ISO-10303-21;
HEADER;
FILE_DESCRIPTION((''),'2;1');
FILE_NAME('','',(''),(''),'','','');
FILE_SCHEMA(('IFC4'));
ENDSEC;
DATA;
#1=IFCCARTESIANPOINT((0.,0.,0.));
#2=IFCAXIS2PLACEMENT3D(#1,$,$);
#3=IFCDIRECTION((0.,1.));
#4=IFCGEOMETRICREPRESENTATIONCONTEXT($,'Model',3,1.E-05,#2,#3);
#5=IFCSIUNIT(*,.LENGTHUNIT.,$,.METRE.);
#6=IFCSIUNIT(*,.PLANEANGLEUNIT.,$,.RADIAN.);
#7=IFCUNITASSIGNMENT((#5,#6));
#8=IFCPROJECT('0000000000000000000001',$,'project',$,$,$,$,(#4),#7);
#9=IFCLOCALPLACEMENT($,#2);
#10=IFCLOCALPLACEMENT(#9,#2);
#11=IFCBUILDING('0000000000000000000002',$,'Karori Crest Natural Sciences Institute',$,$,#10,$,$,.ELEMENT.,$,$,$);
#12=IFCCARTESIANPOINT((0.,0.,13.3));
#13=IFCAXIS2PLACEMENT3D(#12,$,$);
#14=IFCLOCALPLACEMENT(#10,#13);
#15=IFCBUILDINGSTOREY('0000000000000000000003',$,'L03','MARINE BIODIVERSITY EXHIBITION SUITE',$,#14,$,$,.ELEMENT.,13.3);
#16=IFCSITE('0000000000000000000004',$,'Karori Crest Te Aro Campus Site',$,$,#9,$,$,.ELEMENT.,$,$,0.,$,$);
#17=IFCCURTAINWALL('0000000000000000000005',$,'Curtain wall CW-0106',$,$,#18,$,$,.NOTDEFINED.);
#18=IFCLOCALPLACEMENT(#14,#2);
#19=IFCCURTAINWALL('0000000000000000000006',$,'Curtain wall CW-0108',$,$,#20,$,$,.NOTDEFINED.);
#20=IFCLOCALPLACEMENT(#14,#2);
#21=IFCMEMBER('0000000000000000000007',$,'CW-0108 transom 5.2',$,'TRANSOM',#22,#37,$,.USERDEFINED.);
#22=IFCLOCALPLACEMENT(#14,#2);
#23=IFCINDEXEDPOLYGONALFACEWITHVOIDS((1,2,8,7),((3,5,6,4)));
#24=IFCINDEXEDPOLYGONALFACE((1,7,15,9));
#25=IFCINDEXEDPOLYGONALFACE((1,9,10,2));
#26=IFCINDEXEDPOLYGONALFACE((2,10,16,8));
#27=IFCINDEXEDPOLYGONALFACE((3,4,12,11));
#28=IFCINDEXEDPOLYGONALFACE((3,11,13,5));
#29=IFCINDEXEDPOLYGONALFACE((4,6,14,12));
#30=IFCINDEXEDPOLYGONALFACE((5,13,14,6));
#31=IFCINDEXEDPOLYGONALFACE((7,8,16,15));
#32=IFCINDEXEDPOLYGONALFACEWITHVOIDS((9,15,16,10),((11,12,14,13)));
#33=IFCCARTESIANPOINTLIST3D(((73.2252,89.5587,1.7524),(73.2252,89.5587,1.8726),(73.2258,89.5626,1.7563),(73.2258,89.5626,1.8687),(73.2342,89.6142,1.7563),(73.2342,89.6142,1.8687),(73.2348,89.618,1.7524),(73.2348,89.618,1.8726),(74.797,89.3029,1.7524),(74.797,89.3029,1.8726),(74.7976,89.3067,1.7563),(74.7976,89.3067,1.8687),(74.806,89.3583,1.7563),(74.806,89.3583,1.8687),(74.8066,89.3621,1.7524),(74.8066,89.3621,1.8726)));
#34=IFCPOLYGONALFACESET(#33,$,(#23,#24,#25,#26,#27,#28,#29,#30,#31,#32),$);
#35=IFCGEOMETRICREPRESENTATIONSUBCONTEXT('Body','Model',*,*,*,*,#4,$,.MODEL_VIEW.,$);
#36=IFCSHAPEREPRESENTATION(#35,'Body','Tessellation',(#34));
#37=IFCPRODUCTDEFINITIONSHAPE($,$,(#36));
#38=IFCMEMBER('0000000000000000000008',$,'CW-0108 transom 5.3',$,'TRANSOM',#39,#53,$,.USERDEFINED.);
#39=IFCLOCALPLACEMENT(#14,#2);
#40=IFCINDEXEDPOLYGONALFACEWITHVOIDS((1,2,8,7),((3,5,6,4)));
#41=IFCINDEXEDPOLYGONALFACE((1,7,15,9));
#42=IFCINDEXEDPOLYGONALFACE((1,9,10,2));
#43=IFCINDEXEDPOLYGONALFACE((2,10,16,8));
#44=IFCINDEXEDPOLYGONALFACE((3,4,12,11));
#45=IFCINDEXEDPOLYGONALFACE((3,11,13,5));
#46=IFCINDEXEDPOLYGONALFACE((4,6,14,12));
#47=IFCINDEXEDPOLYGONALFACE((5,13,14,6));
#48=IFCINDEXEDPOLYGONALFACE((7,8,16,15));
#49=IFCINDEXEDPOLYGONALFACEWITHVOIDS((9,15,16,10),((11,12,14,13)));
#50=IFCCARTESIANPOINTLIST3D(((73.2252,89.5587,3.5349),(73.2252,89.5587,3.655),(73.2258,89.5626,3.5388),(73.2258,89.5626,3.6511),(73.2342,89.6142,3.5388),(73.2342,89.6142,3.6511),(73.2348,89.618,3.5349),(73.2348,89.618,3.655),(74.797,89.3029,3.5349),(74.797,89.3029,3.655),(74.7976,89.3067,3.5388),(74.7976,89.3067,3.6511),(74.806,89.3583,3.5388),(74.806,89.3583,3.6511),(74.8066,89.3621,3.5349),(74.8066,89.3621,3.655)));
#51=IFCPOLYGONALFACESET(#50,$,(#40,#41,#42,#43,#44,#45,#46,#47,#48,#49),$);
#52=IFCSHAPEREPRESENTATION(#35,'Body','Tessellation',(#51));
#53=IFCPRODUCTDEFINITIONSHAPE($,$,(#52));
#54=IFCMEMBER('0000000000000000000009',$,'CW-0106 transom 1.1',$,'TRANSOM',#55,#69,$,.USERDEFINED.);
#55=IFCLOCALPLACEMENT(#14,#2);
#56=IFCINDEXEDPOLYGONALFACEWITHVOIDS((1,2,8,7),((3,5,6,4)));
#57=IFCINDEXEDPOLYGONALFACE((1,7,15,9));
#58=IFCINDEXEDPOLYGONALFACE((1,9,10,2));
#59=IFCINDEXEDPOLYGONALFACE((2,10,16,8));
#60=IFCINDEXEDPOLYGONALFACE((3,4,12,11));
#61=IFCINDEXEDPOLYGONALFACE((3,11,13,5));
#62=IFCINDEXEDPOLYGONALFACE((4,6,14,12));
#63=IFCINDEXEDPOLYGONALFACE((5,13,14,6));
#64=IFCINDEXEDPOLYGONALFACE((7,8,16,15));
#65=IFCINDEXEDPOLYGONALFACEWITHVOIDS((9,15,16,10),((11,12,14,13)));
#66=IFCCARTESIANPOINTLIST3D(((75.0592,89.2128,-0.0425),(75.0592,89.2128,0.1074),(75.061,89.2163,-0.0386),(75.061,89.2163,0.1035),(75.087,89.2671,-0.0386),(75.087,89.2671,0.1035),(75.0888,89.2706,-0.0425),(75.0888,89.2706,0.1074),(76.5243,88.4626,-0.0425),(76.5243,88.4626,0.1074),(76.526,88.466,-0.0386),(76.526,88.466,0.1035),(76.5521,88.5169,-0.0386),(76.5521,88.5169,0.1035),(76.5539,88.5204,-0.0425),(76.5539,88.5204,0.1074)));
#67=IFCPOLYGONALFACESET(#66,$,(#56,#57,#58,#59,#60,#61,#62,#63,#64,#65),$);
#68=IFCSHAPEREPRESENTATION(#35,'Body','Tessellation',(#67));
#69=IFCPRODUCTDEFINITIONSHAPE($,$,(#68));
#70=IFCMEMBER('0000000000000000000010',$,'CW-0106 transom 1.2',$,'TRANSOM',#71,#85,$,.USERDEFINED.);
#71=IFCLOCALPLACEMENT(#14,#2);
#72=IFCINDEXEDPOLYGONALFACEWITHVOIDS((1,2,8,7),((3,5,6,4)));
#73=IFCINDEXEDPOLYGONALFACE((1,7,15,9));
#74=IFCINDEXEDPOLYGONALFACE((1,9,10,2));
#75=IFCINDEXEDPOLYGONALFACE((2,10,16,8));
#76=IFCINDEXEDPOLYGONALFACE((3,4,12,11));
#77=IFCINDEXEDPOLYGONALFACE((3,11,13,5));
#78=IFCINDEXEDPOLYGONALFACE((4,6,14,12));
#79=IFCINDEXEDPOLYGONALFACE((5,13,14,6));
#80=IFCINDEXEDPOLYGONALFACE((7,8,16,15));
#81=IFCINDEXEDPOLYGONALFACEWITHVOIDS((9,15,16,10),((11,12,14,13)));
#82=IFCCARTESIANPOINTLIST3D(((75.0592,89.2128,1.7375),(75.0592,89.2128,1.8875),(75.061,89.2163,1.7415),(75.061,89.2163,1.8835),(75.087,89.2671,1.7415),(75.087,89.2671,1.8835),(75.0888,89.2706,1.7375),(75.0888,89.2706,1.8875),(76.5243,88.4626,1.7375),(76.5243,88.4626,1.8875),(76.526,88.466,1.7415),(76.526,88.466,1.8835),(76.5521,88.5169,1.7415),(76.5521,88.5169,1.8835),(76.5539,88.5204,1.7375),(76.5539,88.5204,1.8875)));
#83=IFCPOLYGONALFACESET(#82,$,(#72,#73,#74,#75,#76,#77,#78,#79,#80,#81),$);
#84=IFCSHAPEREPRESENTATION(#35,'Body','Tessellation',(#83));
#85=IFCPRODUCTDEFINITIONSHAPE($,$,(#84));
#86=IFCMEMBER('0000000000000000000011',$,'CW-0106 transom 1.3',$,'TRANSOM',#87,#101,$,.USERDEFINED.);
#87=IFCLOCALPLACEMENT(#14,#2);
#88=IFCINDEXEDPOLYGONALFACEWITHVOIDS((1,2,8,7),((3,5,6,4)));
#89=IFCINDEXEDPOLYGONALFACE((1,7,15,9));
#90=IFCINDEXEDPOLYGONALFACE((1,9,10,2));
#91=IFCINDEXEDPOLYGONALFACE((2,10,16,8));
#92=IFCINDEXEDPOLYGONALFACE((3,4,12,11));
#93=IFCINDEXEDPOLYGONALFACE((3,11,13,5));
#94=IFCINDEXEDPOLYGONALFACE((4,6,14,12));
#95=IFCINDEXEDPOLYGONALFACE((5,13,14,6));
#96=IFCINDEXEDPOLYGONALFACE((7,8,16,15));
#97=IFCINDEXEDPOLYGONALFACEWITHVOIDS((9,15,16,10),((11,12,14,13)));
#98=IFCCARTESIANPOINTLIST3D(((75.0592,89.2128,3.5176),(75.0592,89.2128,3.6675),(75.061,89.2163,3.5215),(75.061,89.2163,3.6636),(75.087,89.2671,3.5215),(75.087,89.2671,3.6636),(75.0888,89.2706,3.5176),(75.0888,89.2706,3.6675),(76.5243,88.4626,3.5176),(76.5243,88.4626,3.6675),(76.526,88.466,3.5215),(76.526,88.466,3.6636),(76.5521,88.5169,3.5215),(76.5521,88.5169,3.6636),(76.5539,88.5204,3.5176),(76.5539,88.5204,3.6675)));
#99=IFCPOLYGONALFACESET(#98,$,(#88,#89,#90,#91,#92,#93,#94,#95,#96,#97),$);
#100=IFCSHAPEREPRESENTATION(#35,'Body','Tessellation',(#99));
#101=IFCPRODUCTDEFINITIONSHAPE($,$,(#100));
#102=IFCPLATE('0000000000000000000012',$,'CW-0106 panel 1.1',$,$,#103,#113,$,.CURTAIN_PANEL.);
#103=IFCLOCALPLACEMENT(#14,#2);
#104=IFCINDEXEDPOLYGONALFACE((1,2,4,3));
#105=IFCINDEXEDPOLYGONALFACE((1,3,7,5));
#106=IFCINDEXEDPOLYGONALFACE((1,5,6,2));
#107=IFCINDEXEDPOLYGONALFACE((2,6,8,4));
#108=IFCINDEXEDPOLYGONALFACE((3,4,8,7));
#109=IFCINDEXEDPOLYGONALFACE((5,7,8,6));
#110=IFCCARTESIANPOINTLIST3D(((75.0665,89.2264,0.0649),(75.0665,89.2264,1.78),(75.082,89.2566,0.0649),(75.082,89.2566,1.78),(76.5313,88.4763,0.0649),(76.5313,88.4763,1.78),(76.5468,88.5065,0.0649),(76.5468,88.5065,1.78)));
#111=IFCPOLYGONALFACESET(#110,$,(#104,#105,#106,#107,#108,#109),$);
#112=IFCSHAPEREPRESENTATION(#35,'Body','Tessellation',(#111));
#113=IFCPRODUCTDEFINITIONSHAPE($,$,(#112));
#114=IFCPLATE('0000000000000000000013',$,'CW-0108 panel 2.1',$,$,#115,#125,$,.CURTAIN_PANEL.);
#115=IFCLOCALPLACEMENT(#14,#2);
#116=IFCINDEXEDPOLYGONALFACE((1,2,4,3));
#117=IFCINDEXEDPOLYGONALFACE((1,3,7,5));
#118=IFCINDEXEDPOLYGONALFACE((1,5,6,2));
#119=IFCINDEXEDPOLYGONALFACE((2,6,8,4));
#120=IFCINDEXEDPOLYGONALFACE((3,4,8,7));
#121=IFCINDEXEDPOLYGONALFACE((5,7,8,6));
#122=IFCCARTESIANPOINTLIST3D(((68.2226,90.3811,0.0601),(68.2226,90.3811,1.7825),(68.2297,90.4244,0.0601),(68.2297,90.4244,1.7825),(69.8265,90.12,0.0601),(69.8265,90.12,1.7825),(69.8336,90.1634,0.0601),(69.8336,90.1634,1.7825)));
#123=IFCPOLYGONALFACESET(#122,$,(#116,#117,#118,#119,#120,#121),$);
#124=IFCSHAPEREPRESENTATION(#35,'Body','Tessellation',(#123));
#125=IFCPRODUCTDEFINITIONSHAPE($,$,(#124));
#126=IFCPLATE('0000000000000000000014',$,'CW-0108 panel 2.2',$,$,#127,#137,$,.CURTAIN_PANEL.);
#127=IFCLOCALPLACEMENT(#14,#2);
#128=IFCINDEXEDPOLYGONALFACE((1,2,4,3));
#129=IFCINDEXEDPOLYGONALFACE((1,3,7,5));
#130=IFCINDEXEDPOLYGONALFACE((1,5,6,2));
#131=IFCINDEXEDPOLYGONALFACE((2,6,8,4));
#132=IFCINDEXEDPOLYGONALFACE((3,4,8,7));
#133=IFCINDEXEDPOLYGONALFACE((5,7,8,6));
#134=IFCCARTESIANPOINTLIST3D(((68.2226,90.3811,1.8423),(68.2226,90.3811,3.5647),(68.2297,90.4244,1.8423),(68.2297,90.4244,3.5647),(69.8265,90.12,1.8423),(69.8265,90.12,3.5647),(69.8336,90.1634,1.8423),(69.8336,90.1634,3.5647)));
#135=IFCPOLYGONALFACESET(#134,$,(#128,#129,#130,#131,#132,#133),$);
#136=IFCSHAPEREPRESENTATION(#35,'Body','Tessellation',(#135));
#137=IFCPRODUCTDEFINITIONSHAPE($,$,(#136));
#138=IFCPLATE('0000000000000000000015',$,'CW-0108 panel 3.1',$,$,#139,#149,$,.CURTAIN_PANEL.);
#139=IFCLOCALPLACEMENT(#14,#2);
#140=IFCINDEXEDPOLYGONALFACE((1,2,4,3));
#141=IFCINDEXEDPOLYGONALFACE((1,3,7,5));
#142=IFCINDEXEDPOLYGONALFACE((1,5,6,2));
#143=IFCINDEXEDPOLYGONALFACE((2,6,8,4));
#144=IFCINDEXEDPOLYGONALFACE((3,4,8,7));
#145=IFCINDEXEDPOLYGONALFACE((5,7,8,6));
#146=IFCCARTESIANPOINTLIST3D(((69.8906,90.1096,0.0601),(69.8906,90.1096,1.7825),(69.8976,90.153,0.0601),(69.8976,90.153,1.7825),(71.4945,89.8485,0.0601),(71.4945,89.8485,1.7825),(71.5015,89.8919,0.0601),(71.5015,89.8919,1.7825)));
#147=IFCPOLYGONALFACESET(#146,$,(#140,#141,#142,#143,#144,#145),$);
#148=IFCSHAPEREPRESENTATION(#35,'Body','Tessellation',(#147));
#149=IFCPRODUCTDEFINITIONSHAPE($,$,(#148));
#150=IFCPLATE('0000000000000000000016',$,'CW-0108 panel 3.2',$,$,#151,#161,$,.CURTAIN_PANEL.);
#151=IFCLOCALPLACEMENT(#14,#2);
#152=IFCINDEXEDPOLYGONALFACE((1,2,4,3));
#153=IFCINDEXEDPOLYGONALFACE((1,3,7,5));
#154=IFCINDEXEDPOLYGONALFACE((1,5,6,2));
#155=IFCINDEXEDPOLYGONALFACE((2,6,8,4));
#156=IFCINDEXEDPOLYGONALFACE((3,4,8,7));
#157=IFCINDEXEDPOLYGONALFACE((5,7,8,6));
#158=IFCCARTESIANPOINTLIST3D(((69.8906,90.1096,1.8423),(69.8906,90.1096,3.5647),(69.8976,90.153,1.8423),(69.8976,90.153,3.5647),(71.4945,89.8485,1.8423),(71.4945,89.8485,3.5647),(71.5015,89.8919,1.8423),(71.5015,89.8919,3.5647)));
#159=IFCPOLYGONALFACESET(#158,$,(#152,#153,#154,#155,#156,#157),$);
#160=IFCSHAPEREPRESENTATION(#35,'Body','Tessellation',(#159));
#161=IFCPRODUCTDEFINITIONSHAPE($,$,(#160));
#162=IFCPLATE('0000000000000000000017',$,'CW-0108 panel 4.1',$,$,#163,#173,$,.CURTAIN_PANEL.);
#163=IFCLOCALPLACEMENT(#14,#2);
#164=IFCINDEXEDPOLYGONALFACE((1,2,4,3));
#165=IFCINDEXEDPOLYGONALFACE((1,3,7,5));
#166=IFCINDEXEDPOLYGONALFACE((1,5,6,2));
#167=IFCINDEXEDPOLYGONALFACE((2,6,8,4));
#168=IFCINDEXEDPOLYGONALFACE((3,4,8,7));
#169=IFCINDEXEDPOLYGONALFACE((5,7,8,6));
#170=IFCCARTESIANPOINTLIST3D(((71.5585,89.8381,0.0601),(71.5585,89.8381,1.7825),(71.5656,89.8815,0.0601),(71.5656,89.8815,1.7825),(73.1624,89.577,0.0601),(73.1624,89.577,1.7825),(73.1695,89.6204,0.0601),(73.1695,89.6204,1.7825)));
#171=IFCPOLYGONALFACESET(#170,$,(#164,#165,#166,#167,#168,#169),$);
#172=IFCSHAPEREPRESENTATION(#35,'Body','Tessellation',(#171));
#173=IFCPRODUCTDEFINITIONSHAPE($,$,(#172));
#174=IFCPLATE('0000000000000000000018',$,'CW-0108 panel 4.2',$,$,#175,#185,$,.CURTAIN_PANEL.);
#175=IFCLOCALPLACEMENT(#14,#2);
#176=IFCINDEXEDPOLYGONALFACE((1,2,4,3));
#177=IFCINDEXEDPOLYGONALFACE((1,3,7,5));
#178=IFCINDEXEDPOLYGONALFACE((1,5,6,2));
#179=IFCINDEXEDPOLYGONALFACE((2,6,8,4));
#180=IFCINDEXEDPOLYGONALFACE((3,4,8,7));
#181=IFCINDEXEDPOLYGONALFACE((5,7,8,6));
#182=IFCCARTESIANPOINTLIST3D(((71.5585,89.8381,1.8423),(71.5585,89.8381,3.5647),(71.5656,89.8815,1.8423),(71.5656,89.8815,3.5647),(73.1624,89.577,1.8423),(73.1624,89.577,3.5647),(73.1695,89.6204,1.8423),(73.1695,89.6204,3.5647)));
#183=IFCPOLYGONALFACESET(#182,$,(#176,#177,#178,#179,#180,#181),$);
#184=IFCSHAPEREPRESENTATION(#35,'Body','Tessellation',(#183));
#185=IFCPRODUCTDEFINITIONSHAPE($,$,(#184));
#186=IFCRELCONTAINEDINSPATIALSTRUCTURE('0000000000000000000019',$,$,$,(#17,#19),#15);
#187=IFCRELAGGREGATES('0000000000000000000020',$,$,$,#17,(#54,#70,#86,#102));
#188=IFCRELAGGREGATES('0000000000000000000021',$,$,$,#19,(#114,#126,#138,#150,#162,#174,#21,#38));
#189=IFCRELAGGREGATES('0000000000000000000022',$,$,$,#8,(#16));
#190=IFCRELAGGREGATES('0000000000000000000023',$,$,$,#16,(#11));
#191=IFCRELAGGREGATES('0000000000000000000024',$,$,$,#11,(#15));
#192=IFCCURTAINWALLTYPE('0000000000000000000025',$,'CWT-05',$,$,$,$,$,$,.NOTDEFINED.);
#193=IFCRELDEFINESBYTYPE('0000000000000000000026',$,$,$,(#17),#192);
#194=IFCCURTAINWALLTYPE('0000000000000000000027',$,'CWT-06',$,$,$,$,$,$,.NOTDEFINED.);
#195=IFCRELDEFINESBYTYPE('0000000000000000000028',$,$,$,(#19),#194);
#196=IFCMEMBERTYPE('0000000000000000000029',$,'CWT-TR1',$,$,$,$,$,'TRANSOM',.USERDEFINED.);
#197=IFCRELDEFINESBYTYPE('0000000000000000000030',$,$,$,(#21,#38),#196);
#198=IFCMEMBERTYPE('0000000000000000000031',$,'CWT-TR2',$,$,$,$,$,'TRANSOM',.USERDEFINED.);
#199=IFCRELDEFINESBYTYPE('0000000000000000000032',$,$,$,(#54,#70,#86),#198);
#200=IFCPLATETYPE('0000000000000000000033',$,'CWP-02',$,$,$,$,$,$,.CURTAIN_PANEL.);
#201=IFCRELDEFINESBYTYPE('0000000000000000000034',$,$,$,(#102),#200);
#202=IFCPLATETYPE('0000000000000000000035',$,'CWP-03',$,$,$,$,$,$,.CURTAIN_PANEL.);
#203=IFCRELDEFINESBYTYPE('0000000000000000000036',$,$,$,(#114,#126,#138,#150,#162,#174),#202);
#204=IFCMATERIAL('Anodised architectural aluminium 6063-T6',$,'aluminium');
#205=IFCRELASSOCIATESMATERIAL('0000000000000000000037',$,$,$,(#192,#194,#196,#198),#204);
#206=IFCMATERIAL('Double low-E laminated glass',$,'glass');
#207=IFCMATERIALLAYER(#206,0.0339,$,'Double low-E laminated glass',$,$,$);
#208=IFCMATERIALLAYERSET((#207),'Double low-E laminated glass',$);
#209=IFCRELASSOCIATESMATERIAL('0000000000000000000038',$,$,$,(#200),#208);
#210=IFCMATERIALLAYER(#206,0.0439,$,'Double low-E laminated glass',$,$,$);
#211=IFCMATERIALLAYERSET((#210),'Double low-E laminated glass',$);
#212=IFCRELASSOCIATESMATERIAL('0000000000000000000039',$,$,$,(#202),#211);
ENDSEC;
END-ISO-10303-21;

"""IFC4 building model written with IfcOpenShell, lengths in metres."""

from ifc_helpers import new_model, si_unit, direction, frame, origin, origin_2d, place, context, subcontext, project, spatial, rectangle, hollow_rectangle, extrude, material, layer, layer_set, material_profile, profile_set, type_object, element, aggregate, save


model = new_model("IFC4")

# Units and contexts
model_context = context("Model", 3, precision=1e-05, world=origin(), true_north=direction((0.0, 1.0)))
body_context = subcontext(model_context, "Body", "Model", "MODEL_VIEW")
ifc_project = project(units=[si_unit("LENGTHUNIT", "METRE"), si_unit("PLANEANGLEUNIT", "RADIAN")], contexts=[model_context])

# Site, building, storey
site_placement = place(None, origin())
site = spatial("IfcSite", under=ifc_project, at=site_placement, Name="Karori Crest Te Aro Campus Site", CompositionType="ELEMENT", RefElevation=0.0)
building_placement = place(site_placement, origin())
building = spatial("IfcBuilding", under=site, at=building_placement, Name="Karori Crest Natural Sciences Institute", CompositionType="ELEMENT")
storey_placement = place(building_placement, frame((0.0, 0.0, 13.3)))
storey = spatial("IfcBuildingStorey", under=building, at=storey_placement, Name="L03", Description="MARINE BIODIVERSITY EXHIBITION SUITE", CompositionType="ELEMENT", Elevation=13.3)

# Curtain wall
ifc_material_1 = material(Name="Anodised architectural aluminium 6063-T6", Category="aluminium")
curtain_wall_type_1 = type_object("IfcCurtainWallType", Name="CWT-05", PredefinedType="NOTDEFINED", material=ifc_material_1)
curtain_wall_1_placement = place(storey_placement, origin())
curtain_wall_1 = element("IfcCurtainWall", 1, at=curtain_wall_1_placement, inside=storey, type_object=curtain_wall_type_1, Name="Curtain wall CW-0106", PredefinedType="NOTDEFINED")

# Curtain wall, members
curtain_wall_type_2 = type_object("IfcCurtainWallType", Name="CWT-06", PredefinedType="NOTDEFINED", material=ifc_material_1)
curtain_wall_2_placement = place(storey_placement, origin())
curtain_wall_2 = element("IfcCurtainWall", 2, at=curtain_wall_2_placement, inside=storey, type_object=curtain_wall_type_2, Name="Curtain wall CW-0108", PredefinedType="NOTDEFINED")
ifc_material_profile_1 = material_profile(ifc_material_1, hollow_rectangle(XDim=0.0601, YDim=0.1201, WallThickness=0.0039, at=origin_2d()), Name="CWT120x60x4")
ifc_profile_set_1 = profile_set([ifc_material_profile_1], Name="Anodised architectural aluminium 6063-T6")
member_type_1 = type_object("IfcMemberType", Name="CWT-TR1", ElementType="TRANSOM", PredefinedType="USERDEFINED", material=ifc_profile_set_1)
member_1_placement = place(storey_placement, frame((73.23, 89.5884, 1.8125), z_axis=(0.987008, -0.160669, 0.0), x_axis=(0.160669, 0.987008, 0.0)))
member_1 = element("IfcMember", 3, at=member_1_placement, type_object=member_type_1, Name="CW-0108 transom 5.2", ObjectType="TRANSOM", PredefinedType="USERDEFINED", context=body_context, shape_type="SweptSolid", body=[
    extrude(hollow_rectangle(XDim=0.0601, YDim=0.1201, WallThickness=0.0039, at=origin_2d()), origin(), (0.0, 0.0, 1.0), 1.5925),
])
member_2_placement = place(storey_placement, frame((73.23, 89.5884, 3.595), z_axis=(0.987008, -0.160669, 0.0), x_axis=(0.160669, 0.987008, 0.0)))
member_2 = element("IfcMember", 4, at=member_2_placement, type_object=member_type_1, Name="CW-0108 transom 5.3", ObjectType="TRANSOM", PredefinedType="USERDEFINED", context=body_context, shape_type="SweptSolid", body=[
    extrude(hollow_rectangle(XDim=0.0601, YDim=0.1201, WallThickness=0.0039, at=origin_2d()), origin(), (0.0, 0.0, 1.0), 1.5925),
])

# Members
ifc_material_profile_2 = material_profile(ifc_material_1, hollow_rectangle(XDim=0.0649, YDim=0.1499, WallThickness=0.0039, at=origin_2d()), Name="CWT150x65x4")
ifc_profile_set_2 = profile_set([ifc_material_profile_2], Name="Anodised architectural aluminium 6063-T6")
member_type_2 = type_object("IfcMemberType", Name="CWT-TR2", ElementType="TRANSOM", PredefinedType="USERDEFINED", material=ifc_profile_set_2)
member_3_placement = place(storey_placement, frame((75.074, 89.2417, 0.0325), z_axis=(0.890084, -0.455796, 0.0), x_axis=(0.455796, 0.890084, 0.0)))
member_3 = element("IfcMember", 5, at=member_3_placement, type_object=member_type_2, Name="CW-0106 transom 1.1", ObjectType="TRANSOM", PredefinedType="USERDEFINED", context=body_context, shape_type="SweptSolid", body=[
    extrude(hollow_rectangle(XDim=0.0649, YDim=0.1499, WallThickness=0.0039, at=origin_2d()), origin(), (0.0, 0.0, 1.0), 1.646),
])
member_4_placement = place(storey_placement, frame((75.074, 89.2417, 1.8125), z_axis=(0.890084, -0.455796, 0.0), x_axis=(0.455796, 0.890084, 0.0)))
member_4 = element("IfcMember", 6, at=member_4_placement, type_object=member_type_2, Name="CW-0106 transom 1.2", ObjectType="TRANSOM", PredefinedType="USERDEFINED", context=body_context, shape_type="SweptSolid", body=[
    extrude(hollow_rectangle(XDim=0.0649, YDim=0.1499, WallThickness=0.0039, at=origin_2d()), origin(), (0.0, 0.0, 1.0), 1.646),
])
member_5_placement = place(storey_placement, frame((75.074, 89.2417, 3.5925), z_axis=(0.890084, -0.455796, 0.0), x_axis=(0.455796, 0.890084, 0.0)))
member_5 = element("IfcMember", 7, at=member_5_placement, type_object=member_type_2, Name="CW-0106 transom 1.3", ObjectType="TRANSOM", PredefinedType="USERDEFINED", context=body_context, shape_type="SweptSolid", body=[
    extrude(hollow_rectangle(XDim=0.0649, YDim=0.1499, WallThickness=0.0039, at=origin_2d()), origin(), (0.0, 0.0, 1.0), 1.646),
])

# Plates
ifc_material_2 = material(Name="Double low-E laminated glass", Category="glass")
ifc_layer_1 = layer(ifc_material_2, 0.0339, Name="Double low-E laminated glass")
ifc_layer_set_1 = layer_set([ifc_layer_1], Name="Double low-E laminated glass")
plate_type_1 = type_object("IfcPlateType", Name="CWP-02", PredefinedType="CURTAIN_PANEL", material=ifc_layer_set_1)
plate_1_placement = place(storey_placement, frame((75.8066, 88.8665, 0.0649), z_axis=(0.0, 0.0, 1.0), x_axis=(0.890067, -0.455829, 0.0)))
plate_1 = element("IfcPlate", 8, at=plate_1_placement, type_object=plate_type_1, Name="CW-0106 panel 1.1", PredefinedType="CURTAIN_PANEL", context=body_context, shape_type="SweptSolid", body=[
    extrude(rectangle(XDim=1.6458, YDim=0.0339, at=origin_2d()), origin(), (0.0, 0.0, 1.0), 1.7151),
])
aggregate(curtain_wall_1, [member_3, member_4, member_5, plate_1])
ifc_layer_2 = layer(ifc_material_2, 0.0439, Name="Double low-E laminated glass")
ifc_layer_set_2 = layer_set([ifc_layer_2], Name="Double low-E laminated glass")
plate_type_2 = type_object("IfcPlateType", Name="CWP-03", PredefinedType="CURTAIN_PANEL", material=ifc_layer_set_2)
plate_2_placement = place(storey_placement, frame((69.0281, 90.2722, 0.0601), z_axis=(0.0, 0.0, 1.0), x_axis=(0.987011, -0.160655, 0.0)))
plate_2 = element("IfcPlate", 9, at=plate_2_placement, type_object=plate_type_2, Name="CW-0108 panel 2.1", PredefinedType="CURTAIN_PANEL", context=body_context, shape_type="SweptSolid", body=[
    extrude(rectangle(XDim=1.625, YDim=0.0439, at=origin_2d()), origin(), (0.0, 0.0, 1.0), 1.7224),
])
plate_3_placement = place(storey_placement, frame((69.0281, 90.2722, 1.8423), z_axis=(0.0, 0.0, 1.0), x_axis=(0.987011, -0.160655, 0.0)))
plate_3 = element("IfcPlate", 10, at=plate_3_placement, type_object=plate_type_2, Name="CW-0108 panel 2.2", PredefinedType="CURTAIN_PANEL", context=body_context, shape_type="SweptSolid", body=[
    extrude(rectangle(XDim=1.625, YDim=0.0439, at=origin_2d()), origin(), (0.0, 0.0, 1.0), 1.7224),
])
plate_4_placement = place(storey_placement, frame((70.696, 90.0007, 0.0601), z_axis=(0.0, 0.0, 1.0), x_axis=(0.987011, -0.160655, 0.0)))
plate_4 = element("IfcPlate", 11, at=plate_4_placement, type_object=plate_type_2, Name="CW-0108 panel 3.1", PredefinedType="CURTAIN_PANEL", context=body_context, shape_type="SweptSolid", body=[
    extrude(rectangle(XDim=1.625, YDim=0.0439, at=origin_2d()), origin(), (0.0, 0.0, 1.0), 1.7224),
])
plate_5_placement = place(storey_placement, frame((70.696, 90.0007, 1.8423), z_axis=(0.0, 0.0, 1.0), x_axis=(0.987011, -0.160655, 0.0)))
plate_5 = element("IfcPlate", 12, at=plate_5_placement, type_object=plate_type_2, Name="CW-0108 panel 3.2", PredefinedType="CURTAIN_PANEL", context=body_context, shape_type="SweptSolid", body=[
    extrude(rectangle(XDim=1.625, YDim=0.0439, at=origin_2d()), origin(), (0.0, 0.0, 1.0), 1.7224),
])
plate_6_placement = place(storey_placement, frame((72.364, 89.7292, 0.0601), z_axis=(0.0, 0.0, 1.0), x_axis=(0.987011, -0.160655, 0.0)))
plate_6 = element("IfcPlate", 13, at=plate_6_placement, type_object=plate_type_2, Name="CW-0108 panel 4.1", PredefinedType="CURTAIN_PANEL", context=body_context, shape_type="SweptSolid", body=[
    extrude(rectangle(XDim=1.625, YDim=0.0439, at=origin_2d()), origin(), (0.0, 0.0, 1.0), 1.7224),
])
plate_7_placement = place(storey_placement, frame((72.364, 89.7292, 1.8423), z_axis=(0.0, 0.0, 1.0), x_axis=(0.987011, -0.160655, 0.0)))
plate_7 = element("IfcPlate", 14, at=plate_7_placement, type_object=plate_type_2, Name="CW-0108 panel 4.2", PredefinedType="CURTAIN_PANEL", context=body_context, shape_type="SweptSolid", body=[
    extrude(rectangle(XDim=1.625, YDim=0.0439, at=origin_2d()), origin(), (0.0, 0.0, 1.0), 1.7224),
])
aggregate(curtain_wall_2, [plate_2, plate_3, plate_4, plate_5, plate_6, plate_7, member_1, member_2])

save(model, "model.ifc")
